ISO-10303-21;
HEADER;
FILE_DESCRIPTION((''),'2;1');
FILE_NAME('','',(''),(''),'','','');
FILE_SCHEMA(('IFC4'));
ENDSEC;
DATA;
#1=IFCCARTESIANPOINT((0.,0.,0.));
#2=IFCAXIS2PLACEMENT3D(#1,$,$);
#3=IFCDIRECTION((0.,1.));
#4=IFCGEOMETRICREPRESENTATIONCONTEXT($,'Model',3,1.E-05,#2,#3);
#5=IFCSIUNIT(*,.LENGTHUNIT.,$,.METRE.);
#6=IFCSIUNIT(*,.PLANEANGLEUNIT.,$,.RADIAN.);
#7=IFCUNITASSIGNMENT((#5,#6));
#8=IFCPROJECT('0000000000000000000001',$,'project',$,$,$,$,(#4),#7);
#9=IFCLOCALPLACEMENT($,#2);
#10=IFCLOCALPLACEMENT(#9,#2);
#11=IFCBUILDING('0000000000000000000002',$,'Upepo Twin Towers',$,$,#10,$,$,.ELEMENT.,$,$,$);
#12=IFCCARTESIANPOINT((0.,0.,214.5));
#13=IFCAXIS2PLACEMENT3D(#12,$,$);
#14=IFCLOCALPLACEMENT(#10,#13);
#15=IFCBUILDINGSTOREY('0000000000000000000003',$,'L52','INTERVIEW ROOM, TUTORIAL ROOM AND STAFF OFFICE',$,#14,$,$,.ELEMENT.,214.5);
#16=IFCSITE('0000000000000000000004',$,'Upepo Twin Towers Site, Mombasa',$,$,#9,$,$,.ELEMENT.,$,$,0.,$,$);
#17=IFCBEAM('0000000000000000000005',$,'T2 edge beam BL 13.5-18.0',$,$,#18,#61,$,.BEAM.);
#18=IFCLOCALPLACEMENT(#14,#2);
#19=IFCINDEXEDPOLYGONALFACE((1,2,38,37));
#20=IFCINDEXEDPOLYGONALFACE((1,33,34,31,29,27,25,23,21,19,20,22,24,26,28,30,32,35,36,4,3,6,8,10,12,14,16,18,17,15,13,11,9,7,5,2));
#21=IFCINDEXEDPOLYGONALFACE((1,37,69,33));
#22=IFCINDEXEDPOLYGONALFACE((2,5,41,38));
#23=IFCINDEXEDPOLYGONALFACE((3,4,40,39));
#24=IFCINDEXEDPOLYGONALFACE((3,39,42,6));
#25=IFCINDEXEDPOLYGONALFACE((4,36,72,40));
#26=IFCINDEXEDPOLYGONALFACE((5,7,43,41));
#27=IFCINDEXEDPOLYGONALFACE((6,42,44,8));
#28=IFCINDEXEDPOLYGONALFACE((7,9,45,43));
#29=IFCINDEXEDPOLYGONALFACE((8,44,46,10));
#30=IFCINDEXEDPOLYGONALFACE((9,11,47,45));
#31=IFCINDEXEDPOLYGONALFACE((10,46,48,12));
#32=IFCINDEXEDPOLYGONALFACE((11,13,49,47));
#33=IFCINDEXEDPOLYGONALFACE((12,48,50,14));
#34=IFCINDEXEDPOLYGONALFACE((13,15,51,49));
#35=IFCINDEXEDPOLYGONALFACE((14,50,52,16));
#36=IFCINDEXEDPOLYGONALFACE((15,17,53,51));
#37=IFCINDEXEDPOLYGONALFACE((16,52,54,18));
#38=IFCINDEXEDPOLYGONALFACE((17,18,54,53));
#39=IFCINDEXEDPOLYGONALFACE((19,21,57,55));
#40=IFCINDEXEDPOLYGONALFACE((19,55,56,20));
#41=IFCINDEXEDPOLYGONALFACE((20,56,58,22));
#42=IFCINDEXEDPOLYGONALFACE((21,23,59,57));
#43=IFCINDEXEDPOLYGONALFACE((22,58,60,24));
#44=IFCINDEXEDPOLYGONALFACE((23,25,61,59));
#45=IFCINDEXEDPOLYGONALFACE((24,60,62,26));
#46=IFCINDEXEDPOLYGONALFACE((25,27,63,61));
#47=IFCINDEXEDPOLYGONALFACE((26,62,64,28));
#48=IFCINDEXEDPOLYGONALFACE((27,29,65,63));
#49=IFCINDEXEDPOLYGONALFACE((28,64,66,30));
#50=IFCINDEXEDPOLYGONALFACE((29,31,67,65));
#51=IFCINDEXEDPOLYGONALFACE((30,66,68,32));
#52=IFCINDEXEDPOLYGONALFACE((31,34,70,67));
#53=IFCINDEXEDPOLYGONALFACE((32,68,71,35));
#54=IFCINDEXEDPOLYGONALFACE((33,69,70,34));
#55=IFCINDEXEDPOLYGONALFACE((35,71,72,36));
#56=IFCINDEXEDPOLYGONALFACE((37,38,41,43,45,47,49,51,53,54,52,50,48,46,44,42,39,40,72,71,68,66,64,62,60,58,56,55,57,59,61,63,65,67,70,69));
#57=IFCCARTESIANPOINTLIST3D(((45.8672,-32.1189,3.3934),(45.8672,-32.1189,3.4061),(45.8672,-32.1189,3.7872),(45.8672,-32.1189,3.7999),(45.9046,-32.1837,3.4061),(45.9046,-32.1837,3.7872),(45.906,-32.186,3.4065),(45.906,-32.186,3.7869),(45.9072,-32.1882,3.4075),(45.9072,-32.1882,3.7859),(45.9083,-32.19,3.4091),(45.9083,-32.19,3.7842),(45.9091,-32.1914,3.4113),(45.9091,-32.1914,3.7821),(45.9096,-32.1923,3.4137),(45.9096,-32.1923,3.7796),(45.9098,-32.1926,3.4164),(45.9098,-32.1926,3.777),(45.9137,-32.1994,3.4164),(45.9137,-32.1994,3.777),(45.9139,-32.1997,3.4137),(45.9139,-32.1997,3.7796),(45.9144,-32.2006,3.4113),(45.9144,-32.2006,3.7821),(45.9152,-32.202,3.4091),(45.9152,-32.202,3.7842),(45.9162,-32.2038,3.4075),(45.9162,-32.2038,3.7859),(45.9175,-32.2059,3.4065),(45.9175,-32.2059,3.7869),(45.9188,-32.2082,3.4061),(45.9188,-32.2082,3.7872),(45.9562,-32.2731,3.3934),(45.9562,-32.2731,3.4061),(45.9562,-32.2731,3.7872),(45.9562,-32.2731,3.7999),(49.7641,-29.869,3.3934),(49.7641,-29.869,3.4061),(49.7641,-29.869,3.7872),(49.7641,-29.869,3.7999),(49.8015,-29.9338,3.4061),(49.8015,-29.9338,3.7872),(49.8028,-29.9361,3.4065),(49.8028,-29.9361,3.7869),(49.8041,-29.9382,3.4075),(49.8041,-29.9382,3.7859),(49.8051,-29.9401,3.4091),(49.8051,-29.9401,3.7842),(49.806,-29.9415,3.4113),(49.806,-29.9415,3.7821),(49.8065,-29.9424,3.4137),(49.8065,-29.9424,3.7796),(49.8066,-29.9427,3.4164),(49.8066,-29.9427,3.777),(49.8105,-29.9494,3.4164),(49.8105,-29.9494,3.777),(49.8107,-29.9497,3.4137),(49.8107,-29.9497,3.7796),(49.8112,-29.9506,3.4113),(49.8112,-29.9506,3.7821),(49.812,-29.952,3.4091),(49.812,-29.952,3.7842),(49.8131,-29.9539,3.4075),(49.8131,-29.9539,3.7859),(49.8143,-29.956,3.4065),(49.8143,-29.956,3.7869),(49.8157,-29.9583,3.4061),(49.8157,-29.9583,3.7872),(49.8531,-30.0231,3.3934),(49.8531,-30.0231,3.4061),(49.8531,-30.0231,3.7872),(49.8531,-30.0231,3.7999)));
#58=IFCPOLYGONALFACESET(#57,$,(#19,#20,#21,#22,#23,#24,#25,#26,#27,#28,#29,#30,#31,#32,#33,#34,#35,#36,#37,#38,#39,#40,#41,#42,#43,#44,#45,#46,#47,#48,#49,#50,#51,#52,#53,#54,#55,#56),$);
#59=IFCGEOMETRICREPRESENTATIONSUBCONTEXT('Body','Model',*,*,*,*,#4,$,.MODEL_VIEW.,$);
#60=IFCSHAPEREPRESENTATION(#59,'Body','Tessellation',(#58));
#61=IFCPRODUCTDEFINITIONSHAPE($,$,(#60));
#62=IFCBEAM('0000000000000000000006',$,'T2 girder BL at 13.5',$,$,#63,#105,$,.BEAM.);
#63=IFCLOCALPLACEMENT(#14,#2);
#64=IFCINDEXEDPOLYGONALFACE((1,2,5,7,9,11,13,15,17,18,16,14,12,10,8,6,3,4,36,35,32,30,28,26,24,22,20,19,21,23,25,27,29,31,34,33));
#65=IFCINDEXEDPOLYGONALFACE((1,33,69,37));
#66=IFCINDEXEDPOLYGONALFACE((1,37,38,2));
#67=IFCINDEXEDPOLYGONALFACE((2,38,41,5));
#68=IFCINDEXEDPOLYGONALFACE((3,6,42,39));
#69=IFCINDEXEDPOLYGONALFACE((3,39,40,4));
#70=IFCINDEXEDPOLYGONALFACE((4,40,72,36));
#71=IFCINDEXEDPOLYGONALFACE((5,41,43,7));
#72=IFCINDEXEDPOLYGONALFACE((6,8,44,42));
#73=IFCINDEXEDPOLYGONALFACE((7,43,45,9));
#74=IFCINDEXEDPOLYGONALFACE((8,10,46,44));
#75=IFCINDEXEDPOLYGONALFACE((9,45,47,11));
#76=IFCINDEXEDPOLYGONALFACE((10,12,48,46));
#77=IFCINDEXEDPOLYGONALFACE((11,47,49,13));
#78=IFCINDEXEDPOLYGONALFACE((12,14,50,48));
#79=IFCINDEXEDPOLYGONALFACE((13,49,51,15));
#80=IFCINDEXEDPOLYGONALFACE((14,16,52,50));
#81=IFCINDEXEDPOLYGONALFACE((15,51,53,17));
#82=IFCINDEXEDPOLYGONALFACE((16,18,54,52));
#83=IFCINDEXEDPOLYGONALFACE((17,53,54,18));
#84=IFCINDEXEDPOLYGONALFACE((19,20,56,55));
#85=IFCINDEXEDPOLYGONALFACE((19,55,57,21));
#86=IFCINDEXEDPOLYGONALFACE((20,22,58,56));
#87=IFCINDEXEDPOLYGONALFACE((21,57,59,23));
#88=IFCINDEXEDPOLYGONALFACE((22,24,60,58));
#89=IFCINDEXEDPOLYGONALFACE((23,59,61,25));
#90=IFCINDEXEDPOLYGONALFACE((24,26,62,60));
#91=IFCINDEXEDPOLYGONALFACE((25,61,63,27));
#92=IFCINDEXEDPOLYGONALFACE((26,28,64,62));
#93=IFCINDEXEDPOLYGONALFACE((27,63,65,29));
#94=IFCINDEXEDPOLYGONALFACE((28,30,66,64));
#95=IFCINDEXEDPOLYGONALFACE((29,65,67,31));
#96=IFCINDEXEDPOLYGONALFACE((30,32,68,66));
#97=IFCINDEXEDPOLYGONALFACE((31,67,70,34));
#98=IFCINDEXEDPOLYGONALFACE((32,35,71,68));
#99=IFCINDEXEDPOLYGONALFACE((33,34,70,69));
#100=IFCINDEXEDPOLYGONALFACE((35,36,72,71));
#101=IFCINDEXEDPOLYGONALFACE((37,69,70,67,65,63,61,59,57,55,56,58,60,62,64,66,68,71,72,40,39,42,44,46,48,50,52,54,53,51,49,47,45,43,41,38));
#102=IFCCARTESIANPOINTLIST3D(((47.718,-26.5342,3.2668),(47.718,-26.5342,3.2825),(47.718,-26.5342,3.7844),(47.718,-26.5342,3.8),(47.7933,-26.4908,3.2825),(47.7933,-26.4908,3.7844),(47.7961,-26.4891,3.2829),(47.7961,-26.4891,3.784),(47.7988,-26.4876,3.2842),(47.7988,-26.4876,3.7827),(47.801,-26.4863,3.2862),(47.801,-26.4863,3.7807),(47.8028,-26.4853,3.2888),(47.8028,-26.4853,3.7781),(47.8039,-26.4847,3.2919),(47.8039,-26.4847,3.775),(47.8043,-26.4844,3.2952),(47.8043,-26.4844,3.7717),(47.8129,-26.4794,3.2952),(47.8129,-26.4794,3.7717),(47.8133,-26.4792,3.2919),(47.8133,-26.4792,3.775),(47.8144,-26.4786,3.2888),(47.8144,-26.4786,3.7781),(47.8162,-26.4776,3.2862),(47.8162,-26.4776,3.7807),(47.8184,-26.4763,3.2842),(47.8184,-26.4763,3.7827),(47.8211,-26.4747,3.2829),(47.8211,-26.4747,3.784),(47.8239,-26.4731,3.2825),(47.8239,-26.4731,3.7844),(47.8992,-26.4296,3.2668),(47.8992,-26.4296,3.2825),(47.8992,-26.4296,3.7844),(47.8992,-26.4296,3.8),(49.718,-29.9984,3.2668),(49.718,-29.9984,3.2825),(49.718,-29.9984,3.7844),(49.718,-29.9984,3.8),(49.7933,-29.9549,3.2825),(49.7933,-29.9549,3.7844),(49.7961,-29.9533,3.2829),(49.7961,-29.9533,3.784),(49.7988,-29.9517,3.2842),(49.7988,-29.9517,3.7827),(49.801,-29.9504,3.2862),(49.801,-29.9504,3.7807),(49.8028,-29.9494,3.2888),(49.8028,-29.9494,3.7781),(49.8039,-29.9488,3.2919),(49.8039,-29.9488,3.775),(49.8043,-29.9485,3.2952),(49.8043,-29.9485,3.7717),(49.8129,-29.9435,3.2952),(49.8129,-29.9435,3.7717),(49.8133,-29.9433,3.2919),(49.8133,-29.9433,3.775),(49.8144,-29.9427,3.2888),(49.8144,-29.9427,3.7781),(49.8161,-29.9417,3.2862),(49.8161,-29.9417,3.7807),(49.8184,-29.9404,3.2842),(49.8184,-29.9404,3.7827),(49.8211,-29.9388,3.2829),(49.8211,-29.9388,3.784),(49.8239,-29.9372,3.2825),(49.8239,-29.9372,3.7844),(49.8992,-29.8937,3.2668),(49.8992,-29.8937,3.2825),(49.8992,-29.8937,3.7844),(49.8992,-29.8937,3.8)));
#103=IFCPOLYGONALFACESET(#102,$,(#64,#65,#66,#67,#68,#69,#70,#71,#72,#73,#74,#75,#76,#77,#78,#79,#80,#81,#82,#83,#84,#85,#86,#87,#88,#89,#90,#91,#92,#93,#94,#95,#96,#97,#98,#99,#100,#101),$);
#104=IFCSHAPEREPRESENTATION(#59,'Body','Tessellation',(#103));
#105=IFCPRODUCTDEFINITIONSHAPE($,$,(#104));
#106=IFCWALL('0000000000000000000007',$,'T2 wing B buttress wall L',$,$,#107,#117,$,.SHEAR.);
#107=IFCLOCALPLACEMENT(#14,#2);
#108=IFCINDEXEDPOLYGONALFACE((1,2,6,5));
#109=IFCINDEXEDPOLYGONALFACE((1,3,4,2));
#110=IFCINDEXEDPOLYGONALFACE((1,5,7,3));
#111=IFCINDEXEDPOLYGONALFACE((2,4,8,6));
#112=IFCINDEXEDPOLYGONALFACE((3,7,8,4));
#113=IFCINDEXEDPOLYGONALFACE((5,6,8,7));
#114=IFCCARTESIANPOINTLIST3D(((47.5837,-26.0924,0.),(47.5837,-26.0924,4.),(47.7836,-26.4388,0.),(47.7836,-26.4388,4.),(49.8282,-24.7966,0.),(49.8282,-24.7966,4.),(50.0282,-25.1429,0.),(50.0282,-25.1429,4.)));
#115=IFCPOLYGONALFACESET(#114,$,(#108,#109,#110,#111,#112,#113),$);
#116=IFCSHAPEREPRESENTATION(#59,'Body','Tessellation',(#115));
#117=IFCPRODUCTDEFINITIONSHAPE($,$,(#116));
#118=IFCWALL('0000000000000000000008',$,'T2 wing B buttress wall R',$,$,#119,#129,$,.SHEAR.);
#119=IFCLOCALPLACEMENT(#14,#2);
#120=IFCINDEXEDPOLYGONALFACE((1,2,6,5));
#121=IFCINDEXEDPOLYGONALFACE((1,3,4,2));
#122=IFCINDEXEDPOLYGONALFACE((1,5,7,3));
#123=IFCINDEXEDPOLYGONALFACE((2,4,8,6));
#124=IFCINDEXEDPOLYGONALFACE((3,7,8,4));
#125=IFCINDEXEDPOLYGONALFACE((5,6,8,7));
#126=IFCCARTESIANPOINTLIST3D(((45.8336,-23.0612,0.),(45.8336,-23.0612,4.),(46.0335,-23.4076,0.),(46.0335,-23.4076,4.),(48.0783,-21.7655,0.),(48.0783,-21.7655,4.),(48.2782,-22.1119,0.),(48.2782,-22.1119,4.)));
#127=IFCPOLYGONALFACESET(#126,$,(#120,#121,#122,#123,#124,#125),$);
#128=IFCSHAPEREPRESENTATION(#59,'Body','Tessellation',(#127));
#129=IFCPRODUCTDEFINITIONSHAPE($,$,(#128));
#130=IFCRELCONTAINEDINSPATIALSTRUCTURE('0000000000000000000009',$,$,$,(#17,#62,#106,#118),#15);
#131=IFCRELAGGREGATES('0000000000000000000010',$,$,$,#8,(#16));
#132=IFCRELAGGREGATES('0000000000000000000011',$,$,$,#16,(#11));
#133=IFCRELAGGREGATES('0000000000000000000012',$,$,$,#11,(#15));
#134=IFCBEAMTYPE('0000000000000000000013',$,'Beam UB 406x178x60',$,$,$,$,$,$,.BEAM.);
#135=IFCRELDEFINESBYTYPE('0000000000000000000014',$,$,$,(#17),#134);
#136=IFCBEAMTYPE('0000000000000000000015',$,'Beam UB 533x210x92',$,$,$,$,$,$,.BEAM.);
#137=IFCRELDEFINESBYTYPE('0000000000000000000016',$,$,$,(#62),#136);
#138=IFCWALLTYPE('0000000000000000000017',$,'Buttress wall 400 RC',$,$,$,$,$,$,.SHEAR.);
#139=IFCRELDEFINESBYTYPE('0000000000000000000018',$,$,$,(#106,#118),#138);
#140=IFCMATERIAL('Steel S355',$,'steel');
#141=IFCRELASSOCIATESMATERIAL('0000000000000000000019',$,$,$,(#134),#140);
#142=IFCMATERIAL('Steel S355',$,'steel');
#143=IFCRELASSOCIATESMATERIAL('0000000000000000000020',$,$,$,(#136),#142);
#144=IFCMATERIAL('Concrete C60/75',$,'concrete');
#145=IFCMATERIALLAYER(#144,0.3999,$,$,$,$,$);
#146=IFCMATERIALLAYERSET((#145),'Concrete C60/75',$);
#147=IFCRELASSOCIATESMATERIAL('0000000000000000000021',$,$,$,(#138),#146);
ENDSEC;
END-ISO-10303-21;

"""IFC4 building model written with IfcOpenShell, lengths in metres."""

from ifc_helpers import new_model, si_unit, direction, frame, frame_2d, origin, origin_2d, place, context, subcontext, project, spatial, rectangle, i_section, extrude, material, layer, layer_set, material_profile, profile_set, type_object, element, save


model = new_model("IFC4")

# Units and contexts
model_context = context("Model", 3, precision=1e-05, world=origin(), true_north=direction((0.0, 1.0)))
body_context = subcontext(model_context, "Body", "Model", "MODEL_VIEW")
ifc_project = project(units=[si_unit("LENGTHUNIT", "METRE"), si_unit("PLANEANGLEUNIT", "RADIAN")], contexts=[model_context])

# Site, building, storey
site_placement = place(None, origin())
site = spatial("IfcSite", under=ifc_project, at=site_placement, Name="Upepo Twin Towers Site, Mombasa", CompositionType="ELEMENT", RefElevation=0.0)
building_placement = place(site_placement, origin())
building = spatial("IfcBuilding", under=site, at=building_placement, Name="Upepo Twin Towers", CompositionType="ELEMENT")
storey_placement = place(building_placement, frame((0.0, 0.0, 214.5)))
storey = spatial("IfcBuildingStorey", under=building, at=storey_placement, Name="L52", Description="INTERVIEW ROOM, TUTORIAL ROOM AND STAFF OFFICE", CompositionType="ELEMENT", Elevation=214.5)

# Beams
ifc_material_1 = material(Name="Steel S355", Category="steel")
ifc_material_profile_1 = material_profile(ifc_material_1, i_section(OverallWidth=0.178, OverallDepth=0.4065, WebThickness=0.0078, FlangeThickness=0.0127, FilletRadius=0.0103, at=origin_2d()), Name="UB 406x178x60")
ifc_profile_set_1 = profile_set([ifc_material_profile_1], Name="Steel S355")
beam_type_1 = type_object("IfcBeamType", Name="Beam UB 406x178x60", PredefinedType="BEAM", material=ifc_profile_set_1)
beam_1_placement = place(storey_placement, frame((49.8086, -29.946, 3.5967), z_axis=(-0.866018, -0.500014, 0.0), x_axis=(0.500014, -0.866018, 0.0)))
element("IfcBeam", 1, at=beam_1_placement, inside=storey, type_object=beam_type_1, Name="T2 edge beam BL 13.5-18.0", PredefinedType="BEAM", context=body_context, shape_type="SweptSolid", body=[
    extrude(i_section(OverallWidth=0.178, OverallDepth=0.4065, WebThickness=0.0078, FlangeThickness=0.0127, FilletRadius=0.0103, at=origin_2d()), origin(), (0.0, 0.0, 1.0), 4.4998),
])
ifc_material_2 = material(Name="Steel S355", Category="steel")
ifc_material_profile_2 = material_profile(ifc_material_2, i_section(OverallWidth=0.2092, OverallDepth=0.5332, WebThickness=0.01, FlangeThickness=0.0156, FilletRadius=0.0127, at=origin_2d()), Name="UB 533x210x92")
ifc_profile_set_2 = profile_set([ifc_material_profile_2], Name="Steel S355")
beam_type_2 = type_object("IfcBeamType", Name="Beam UB 533x210x92", PredefinedType="BEAM", material=ifc_profile_set_2)
beam_2_placement = place(storey_placement, frame((49.8086, -29.946, 3.5334), z_axis=(-0.499999, 0.866026, 0.0), x_axis=(-0.866026, -0.499999, 0.0)))
element("IfcBeam", 2, at=beam_2_placement, inside=storey, type_object=beam_type_2, Name="T2 girder BL at 13.5", PredefinedType="BEAM", context=body_context, shape_type="SweptSolid", body=[
    extrude(i_section(OverallWidth=0.2092, OverallDepth=0.5332, WebThickness=0.01, FlangeThickness=0.0156, FilletRadius=0.0127, at=origin_2d()), origin(), (0.0, 0.0, 1.0), 4.0),
])

# Walls
ifc_material_3 = material(Name="Concrete C60/75", Category="concrete")
ifc_layer_1 = layer(ifc_material_3, 0.3999)
ifc_layer_set_1 = layer_set([ifc_layer_1], Name="Concrete C60/75")
wall_type_1 = type_object("IfcWallType", Name="Buttress wall 400 RC", PredefinedType="SHEAR", material=ifc_layer_set_1)
for number, where, z_axis, x_axis, name in (
    (3, (49.9282, -24.9697, 0.0), (0.0, 0.0, 1.0), (-0.866032, -0.499989, 0.0), "T2 wing B buttress wall L"),
    (4, (48.1782, -21.9387, 0.0), (0.0, 0.0, 1.0), (-0.866073, -0.499918, 0.0), "T2 wing B buttress wall R"),
):
    element("IfcWall", number, at=place(storey_placement, frame(where, z_axis=z_axis, x_axis=x_axis)), inside=storey, type_object=wall_type_1, Name=name, PredefinedType="SHEAR", context=body_context, shape_type="SweptSolid", body=[
        extrude(rectangle(XDim=2.5918, YDim=0.3999, at=frame_2d((1.2959, 0.0))), origin(), (0.0, 0.0, 1.0), 4.0),
    ])

save(model, "model.ifc")
